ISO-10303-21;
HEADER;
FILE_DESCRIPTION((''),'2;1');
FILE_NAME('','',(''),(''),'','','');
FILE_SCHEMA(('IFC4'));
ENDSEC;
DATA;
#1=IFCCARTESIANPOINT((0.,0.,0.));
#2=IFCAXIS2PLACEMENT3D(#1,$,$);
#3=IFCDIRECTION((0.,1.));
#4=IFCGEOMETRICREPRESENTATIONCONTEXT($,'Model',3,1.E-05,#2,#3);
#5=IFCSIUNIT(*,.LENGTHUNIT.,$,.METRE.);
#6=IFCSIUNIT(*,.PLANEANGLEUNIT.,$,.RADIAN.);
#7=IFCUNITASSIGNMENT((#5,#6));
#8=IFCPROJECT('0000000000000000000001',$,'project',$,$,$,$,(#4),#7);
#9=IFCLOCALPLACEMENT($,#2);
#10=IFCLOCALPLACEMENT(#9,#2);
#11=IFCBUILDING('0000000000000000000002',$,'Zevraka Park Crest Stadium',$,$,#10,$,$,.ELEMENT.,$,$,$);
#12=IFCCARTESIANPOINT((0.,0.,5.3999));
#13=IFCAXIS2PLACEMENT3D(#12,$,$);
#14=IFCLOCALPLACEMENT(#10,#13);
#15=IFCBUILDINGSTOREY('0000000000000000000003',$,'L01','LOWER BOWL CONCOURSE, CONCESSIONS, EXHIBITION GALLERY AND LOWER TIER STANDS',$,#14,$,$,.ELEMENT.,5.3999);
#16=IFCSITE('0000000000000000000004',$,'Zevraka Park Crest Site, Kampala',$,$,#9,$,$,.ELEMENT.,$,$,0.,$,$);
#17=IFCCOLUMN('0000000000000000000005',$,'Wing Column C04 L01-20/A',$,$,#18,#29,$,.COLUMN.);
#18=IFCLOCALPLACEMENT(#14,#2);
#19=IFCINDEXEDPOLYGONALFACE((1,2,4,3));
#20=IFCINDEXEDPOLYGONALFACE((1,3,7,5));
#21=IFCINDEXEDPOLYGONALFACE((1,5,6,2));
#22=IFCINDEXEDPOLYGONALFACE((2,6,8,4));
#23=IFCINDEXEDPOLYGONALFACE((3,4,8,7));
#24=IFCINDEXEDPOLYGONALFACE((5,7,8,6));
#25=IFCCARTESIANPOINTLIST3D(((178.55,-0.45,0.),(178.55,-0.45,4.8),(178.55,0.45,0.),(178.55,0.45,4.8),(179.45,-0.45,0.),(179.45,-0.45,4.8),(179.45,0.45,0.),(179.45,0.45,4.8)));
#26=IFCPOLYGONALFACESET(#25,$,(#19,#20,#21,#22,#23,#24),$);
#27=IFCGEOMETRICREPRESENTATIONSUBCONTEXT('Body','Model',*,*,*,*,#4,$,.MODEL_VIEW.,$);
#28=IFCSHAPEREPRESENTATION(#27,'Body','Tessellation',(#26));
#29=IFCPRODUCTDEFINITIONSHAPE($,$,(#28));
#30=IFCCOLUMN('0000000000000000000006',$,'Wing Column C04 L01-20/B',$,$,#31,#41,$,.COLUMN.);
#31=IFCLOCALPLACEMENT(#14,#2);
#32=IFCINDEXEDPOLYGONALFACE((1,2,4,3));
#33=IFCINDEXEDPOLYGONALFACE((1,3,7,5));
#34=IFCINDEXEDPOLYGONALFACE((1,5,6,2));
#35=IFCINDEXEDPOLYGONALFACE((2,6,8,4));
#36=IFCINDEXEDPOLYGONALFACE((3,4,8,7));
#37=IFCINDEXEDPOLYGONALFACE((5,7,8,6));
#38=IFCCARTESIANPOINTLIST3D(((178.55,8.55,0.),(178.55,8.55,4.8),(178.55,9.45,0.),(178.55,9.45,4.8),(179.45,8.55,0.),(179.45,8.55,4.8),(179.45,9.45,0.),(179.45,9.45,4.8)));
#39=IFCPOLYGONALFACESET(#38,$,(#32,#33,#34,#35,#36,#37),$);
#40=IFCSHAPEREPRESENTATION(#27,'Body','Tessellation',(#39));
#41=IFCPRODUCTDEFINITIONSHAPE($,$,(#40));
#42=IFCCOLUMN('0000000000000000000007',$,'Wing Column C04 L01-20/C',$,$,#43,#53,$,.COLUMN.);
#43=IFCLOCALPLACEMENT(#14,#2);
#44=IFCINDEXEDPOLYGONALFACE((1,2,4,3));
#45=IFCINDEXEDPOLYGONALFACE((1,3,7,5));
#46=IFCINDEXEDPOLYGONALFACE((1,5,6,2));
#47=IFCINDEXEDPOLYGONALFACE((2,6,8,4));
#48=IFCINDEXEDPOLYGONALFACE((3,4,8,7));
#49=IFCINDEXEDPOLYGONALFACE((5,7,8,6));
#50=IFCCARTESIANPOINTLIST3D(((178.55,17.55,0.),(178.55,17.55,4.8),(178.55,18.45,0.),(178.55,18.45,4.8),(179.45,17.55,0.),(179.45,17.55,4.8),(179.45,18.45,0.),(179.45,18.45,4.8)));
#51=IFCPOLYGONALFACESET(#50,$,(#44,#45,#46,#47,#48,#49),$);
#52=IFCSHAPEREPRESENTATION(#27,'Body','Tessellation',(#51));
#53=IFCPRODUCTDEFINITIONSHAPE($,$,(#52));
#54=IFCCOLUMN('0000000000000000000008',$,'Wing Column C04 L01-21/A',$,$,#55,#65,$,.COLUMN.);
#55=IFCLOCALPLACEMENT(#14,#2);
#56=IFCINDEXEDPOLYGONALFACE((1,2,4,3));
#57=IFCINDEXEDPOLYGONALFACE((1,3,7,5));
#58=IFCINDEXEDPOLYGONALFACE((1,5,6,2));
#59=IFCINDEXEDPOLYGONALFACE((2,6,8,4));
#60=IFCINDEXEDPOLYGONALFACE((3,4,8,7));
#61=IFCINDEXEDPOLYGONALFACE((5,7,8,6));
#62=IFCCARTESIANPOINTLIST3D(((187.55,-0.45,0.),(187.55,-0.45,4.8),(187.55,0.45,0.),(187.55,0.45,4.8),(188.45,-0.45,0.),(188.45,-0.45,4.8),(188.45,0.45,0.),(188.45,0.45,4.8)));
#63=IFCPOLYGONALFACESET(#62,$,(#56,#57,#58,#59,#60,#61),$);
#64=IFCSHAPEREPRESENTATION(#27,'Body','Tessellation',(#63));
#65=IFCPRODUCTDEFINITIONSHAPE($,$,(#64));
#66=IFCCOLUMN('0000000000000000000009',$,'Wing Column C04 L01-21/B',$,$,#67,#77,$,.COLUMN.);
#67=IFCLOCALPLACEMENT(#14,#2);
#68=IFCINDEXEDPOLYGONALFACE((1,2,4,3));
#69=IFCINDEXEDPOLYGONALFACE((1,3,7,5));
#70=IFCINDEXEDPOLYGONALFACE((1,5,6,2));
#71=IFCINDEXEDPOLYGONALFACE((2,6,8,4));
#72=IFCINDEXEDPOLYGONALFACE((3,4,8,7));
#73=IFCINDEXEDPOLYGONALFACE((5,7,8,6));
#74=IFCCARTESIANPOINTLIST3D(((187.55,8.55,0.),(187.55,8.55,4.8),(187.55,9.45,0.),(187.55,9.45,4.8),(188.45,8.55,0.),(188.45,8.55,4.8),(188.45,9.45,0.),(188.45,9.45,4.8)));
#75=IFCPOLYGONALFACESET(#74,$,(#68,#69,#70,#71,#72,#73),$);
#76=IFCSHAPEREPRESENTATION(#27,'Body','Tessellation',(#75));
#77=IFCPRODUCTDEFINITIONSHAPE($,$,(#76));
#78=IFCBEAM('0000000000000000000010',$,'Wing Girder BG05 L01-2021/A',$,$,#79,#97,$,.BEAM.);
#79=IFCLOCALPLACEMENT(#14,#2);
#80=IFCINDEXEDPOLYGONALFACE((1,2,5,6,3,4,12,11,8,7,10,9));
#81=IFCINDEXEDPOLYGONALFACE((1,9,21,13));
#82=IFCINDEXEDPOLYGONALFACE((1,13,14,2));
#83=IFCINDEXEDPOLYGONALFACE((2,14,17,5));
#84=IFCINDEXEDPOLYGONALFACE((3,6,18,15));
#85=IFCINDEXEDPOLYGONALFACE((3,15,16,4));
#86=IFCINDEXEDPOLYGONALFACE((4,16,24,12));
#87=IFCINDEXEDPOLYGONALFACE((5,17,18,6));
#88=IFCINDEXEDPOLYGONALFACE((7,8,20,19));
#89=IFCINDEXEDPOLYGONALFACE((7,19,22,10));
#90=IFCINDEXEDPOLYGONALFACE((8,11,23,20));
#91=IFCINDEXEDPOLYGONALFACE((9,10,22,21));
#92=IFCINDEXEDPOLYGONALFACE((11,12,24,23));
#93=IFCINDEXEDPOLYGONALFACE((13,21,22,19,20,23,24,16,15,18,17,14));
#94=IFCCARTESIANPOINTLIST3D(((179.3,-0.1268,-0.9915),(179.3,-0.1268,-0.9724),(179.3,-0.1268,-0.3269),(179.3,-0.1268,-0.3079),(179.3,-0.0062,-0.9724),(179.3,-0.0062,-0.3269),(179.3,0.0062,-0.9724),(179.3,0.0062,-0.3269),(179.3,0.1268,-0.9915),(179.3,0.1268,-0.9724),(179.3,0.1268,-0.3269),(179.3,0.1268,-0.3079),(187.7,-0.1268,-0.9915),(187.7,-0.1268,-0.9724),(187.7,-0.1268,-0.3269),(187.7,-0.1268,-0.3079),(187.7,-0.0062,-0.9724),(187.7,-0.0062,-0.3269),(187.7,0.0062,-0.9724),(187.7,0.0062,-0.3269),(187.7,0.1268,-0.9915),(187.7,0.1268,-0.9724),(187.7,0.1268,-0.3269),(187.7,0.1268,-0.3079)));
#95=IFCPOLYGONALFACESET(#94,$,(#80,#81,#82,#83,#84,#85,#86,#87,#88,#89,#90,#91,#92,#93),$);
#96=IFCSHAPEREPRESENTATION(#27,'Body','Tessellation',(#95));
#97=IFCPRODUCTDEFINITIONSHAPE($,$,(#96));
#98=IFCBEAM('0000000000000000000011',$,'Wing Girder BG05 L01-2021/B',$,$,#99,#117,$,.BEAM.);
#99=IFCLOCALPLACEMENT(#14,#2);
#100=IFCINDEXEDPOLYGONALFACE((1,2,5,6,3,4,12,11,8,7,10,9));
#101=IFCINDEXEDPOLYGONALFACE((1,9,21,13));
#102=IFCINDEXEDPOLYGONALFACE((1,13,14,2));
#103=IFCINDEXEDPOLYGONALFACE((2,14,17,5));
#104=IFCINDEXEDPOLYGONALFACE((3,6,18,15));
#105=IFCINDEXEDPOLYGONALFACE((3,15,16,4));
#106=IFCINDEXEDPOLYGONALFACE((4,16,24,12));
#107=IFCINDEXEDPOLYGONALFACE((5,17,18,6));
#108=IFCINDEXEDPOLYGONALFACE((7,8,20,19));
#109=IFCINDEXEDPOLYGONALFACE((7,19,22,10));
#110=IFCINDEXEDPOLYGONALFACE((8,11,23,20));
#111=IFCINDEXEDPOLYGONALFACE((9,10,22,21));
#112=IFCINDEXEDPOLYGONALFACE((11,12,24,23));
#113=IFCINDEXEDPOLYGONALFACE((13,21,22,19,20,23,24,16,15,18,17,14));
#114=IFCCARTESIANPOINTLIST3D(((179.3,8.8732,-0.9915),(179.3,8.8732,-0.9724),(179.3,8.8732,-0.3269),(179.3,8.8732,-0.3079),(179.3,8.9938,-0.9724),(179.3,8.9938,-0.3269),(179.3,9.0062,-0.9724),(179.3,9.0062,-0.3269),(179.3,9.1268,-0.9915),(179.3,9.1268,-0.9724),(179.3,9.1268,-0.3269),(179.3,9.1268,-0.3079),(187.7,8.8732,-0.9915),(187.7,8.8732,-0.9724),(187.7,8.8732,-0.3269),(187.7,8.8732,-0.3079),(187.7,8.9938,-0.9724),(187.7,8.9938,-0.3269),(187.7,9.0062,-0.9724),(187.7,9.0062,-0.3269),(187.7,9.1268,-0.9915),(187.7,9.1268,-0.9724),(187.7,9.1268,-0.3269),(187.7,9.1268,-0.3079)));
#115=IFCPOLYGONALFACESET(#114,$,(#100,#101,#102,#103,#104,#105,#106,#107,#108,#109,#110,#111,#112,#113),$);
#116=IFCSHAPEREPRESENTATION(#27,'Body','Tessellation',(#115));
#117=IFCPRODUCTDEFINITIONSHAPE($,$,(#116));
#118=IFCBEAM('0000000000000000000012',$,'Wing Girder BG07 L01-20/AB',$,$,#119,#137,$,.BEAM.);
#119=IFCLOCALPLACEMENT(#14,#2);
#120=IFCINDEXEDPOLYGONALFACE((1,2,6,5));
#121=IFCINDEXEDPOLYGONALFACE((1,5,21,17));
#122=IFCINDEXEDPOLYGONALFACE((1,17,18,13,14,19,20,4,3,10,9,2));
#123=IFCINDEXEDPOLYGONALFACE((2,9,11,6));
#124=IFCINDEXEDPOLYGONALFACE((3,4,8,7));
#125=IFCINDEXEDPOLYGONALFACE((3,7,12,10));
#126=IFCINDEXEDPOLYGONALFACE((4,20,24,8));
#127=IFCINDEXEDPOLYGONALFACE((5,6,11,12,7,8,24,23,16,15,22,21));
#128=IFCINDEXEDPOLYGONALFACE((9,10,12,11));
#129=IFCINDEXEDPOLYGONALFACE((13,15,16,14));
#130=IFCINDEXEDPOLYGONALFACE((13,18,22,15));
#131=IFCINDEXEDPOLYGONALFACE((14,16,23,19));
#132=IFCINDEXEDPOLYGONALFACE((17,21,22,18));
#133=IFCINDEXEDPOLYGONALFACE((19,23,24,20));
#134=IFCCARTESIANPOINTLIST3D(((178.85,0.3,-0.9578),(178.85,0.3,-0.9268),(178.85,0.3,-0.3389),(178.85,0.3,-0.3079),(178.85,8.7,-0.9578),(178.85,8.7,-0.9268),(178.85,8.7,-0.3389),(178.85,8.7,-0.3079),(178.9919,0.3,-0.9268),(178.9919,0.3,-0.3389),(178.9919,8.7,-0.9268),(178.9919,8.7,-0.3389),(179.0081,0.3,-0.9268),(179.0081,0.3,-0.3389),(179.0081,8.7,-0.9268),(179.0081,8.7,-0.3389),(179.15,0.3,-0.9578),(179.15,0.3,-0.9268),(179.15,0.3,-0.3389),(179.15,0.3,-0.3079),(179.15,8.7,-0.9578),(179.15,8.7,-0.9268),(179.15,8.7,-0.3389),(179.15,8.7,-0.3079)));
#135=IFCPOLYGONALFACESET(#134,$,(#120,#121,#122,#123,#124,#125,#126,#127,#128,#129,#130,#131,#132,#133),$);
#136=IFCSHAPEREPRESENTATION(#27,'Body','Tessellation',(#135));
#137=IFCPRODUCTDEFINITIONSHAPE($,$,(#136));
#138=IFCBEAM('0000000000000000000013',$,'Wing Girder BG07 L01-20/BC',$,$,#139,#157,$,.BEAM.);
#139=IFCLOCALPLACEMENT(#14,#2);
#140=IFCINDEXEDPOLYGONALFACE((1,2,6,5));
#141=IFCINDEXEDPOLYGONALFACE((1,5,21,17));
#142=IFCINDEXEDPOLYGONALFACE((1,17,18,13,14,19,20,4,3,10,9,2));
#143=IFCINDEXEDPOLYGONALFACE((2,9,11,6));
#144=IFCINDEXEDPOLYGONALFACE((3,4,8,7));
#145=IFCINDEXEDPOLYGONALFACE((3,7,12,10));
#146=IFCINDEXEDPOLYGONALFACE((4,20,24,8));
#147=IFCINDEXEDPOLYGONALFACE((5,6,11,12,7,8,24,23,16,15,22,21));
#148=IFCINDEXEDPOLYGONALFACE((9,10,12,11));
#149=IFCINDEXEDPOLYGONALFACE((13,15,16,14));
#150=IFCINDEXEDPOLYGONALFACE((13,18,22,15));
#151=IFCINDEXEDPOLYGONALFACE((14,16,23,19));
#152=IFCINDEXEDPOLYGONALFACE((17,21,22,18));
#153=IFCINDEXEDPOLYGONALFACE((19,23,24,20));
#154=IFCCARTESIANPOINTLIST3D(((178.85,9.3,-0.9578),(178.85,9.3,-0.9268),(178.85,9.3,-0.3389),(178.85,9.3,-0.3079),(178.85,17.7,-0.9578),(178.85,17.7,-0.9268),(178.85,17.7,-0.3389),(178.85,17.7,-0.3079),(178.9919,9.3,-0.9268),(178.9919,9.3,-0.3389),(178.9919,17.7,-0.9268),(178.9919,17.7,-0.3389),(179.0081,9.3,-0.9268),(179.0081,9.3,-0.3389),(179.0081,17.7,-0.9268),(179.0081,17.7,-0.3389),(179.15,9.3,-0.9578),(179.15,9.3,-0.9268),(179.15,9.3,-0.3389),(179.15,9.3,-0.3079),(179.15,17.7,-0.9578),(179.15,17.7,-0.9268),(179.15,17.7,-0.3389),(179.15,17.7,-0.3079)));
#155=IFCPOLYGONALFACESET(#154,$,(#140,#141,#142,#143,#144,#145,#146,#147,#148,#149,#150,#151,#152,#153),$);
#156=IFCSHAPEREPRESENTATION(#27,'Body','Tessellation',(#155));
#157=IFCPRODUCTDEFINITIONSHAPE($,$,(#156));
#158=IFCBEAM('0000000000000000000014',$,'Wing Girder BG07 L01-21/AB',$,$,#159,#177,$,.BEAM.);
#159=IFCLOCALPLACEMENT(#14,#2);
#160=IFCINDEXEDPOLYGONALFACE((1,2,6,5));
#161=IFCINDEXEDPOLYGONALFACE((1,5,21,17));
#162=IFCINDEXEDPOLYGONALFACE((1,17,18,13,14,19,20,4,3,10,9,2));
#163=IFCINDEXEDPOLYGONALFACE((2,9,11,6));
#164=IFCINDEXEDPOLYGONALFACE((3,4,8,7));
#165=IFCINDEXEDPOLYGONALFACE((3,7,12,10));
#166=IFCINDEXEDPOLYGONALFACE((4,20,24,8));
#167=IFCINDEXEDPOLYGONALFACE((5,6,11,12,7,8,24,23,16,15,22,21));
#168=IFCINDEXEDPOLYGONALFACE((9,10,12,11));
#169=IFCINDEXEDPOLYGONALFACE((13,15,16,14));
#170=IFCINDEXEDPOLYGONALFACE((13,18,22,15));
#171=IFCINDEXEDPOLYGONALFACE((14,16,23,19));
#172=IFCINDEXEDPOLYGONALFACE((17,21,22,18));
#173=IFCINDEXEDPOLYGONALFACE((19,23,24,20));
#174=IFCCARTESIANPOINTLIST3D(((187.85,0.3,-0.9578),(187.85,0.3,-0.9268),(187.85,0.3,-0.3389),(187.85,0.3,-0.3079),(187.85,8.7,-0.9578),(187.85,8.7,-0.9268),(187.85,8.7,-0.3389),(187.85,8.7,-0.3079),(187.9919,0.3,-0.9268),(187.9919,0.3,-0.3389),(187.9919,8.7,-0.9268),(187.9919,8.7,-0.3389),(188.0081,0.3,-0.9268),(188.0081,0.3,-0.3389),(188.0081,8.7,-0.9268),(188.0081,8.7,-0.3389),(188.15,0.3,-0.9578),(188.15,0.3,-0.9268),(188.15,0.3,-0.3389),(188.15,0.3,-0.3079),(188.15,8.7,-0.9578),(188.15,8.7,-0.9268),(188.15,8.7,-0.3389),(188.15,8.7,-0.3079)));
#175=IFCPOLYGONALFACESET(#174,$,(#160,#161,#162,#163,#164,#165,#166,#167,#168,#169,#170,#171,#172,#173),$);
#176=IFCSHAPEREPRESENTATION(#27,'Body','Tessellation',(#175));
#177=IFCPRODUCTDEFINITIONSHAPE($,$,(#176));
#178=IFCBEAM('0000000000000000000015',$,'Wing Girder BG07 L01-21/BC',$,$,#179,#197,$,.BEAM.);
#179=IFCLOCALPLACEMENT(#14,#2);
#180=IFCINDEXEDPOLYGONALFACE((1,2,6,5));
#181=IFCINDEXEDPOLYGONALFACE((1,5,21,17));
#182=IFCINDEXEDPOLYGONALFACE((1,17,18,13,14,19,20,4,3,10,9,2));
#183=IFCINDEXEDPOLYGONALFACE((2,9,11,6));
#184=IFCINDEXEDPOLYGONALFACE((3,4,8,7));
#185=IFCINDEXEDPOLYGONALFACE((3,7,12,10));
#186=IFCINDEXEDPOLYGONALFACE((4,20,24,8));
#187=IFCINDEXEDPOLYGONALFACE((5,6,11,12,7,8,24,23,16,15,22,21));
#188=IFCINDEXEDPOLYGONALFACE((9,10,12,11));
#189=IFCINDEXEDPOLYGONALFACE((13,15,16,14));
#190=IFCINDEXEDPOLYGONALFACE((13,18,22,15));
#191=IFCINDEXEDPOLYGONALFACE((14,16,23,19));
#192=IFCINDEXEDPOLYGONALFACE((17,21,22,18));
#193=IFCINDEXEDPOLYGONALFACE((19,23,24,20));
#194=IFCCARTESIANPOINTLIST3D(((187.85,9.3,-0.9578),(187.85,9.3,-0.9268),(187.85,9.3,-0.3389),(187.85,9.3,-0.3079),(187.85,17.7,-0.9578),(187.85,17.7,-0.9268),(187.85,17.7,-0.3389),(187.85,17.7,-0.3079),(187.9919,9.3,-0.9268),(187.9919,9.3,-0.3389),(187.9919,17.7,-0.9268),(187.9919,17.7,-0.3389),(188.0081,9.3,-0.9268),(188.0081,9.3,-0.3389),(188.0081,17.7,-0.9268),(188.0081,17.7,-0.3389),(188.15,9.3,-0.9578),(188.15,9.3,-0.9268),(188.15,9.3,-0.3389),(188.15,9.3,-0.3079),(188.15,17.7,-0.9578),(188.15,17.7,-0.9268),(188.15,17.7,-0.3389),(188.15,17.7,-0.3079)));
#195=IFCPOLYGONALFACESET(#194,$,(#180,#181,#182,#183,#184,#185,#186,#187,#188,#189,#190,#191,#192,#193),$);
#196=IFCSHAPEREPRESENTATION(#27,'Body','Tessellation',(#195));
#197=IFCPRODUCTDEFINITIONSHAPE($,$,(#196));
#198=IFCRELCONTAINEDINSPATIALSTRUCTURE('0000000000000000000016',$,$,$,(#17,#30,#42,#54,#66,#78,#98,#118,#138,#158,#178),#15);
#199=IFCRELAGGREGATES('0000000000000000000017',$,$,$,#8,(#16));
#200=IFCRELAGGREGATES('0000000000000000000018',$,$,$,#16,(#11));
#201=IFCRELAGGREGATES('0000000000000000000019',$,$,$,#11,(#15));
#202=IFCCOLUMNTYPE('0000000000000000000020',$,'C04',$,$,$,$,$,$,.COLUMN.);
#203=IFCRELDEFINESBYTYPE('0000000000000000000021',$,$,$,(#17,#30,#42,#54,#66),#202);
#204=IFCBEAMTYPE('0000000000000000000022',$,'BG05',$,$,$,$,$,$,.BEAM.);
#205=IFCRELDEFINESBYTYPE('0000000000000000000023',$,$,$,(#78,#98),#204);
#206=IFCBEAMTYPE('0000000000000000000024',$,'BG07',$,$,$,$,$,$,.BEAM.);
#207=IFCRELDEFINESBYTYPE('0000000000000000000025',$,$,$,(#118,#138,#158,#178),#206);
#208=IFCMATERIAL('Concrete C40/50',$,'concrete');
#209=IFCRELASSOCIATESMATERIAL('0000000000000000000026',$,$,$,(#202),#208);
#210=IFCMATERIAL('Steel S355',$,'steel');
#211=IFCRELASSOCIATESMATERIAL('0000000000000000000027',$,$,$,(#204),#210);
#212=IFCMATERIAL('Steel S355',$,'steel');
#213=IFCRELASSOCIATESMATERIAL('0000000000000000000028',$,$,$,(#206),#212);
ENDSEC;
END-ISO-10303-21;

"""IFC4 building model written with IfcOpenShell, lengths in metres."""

from ifc_helpers import new_model, si_unit, direction, frame, origin, origin_2d, place, context, subcontext, project, spatial, rectangle, i_section, extrude, material, material_profile, profile_set, type_object, element, save


model = new_model("IFC4")

# Units and contexts
model_context = context("Model", 3, precision=1e-05, world=origin(), true_north=direction((0.0, 1.0)))
body_context = subcontext(model_context, "Body", "Model", "MODEL_VIEW")
ifc_project = project(units=[si_unit("LENGTHUNIT", "METRE"), si_unit("PLANEANGLEUNIT", "RADIAN")], contexts=[model_context])

# Site, building, storey
site_placement = place(None, origin())
site = spatial("IfcSite", under=ifc_project, at=site_placement, Name="Zevraka Park Crest Site, Kampala", CompositionType="ELEMENT", RefElevation=0.0)
building_placement = place(site_placement, origin())
building = spatial("IfcBuilding", under=site, at=building_placement, Name="Zevraka Park Crest Stadium", CompositionType="ELEMENT")
storey_placement = place(building_placement, frame((0.0, 0.0, 5.3999)))
storey = spatial("IfcBuildingStorey", under=building, at=storey_placement, Name="L01", Description="LOWER BOWL CONCOURSE, CONCESSIONS, EXHIBITION GALLERY AND LOWER TIER STANDS", CompositionType="ELEMENT", Elevation=5.3999)

# Columns
ifc_material_1 = material(Name="Concrete C40/50", Category="concrete")
ifc_material_profile_1 = material_profile(ifc_material_1, rectangle(XDim=0.8999, YDim=0.8999, at=origin_2d()), Name="RC 900x900")
ifc_profile_set_1 = profile_set([ifc_material_profile_1], Name="Concrete C40/50")
column_type = type_object("IfcColumnType", Name="C04", PredefinedType="COLUMN", material=ifc_profile_set_1)
for number, where, z_axis, x_axis, name in (
    (1, (179.0, 0.0, 0.0), (0.0, 0.0, 1.0), (1.0, 0.0, 0.0), "Wing Column C04 L01-20/A"),
    (2, (179.0, 9.0, 0.0), (0.0, 0.0, 1.0), (1.0, 0.0, 0.0), "Wing Column C04 L01-20/B"),
    (3, (179.0, 18.0, 0.0), (0.0, 0.0, 1.0), (1.0, 0.0, 0.0), "Wing Column C04 L01-20/C"),
    (4, (188.0, 0.0, 0.0), (0.0, 0.0, 1.0), (1.0, 0.0, 0.0), "Wing Column C04 L01-21/A"),
    (5, (188.0, 9.0, 0.0), (0.0, 0.0, 1.0), (1.0, 0.0, 0.0), "Wing Column C04 L01-21/B"),
):
    element("IfcColumn", number, at=place(storey_placement, frame(where, z_axis=z_axis, x_axis=x_axis)), inside=storey, type_object=column_type, Name=name, PredefinedType="COLUMN", context=body_context, shape_type="SweptSolid", body=[
        extrude(rectangle(XDim=0.8999, YDim=0.8999, at=origin_2d()), origin(), (0.0, 0.0, 1.0), 4.8),
    ])

# Beams
ifc_material_2 = material(Name="Steel S355", Category="steel")
ifc_material_profile_2 = material_profile(ifc_material_2, i_section(OverallWidth=0.2537, OverallDepth=0.6836, WebThickness=0.0125, FlangeThickness=0.019, at=origin_2d()), Name="UKB 686x254x140")
ifc_profile_set_2 = profile_set([ifc_material_profile_2], Name="Steel S355")
beam_type_1 = type_object("IfcBeamType", Name="BG05", PredefinedType="BEAM", material=ifc_profile_set_2)
for number, where, z_axis, x_axis, name in (
    (6, (179.3, 0.0, -0.6497), (1.0, 0.0, 0.0), (0.0, 1.0, 0.0), "Wing Girder BG05 L01-2021/A"),
    (7, (179.3, 9.0, -0.6497), (1.0, 0.0, 0.0), (0.0, 1.0, 0.0), "Wing Girder BG05 L01-2021/B"),
):
    element("IfcBeam", number, at=place(storey_placement, frame(where, z_axis=z_axis, x_axis=x_axis)), inside=storey, type_object=beam_type_1, Name=name, PredefinedType="BEAM", context=body_context, shape_type="SweptSolid", body=[
        extrude(i_section(OverallWidth=0.2537, OverallDepth=0.6836, WebThickness=0.0125, FlangeThickness=0.019, at=origin_2d()), origin(), (0.0, 0.0, 1.0), 8.3999),
    ])
ifc_material_3 = material(Name="Steel S355", Category="steel")
ifc_material_profile_3 = material_profile(ifc_material_3, i_section(OverallWidth=0.3, OverallDepth=0.6499, WebThickness=0.0161, FlangeThickness=0.031, at=origin_2d()), Name="HEB 650")
ifc_profile_set_3 = profile_set([ifc_material_profile_3], Name="Steel S355")
beam_type_2 = type_object("IfcBeamType", Name="BG07", PredefinedType="BEAM", material=ifc_profile_set_3)
for number, where, z_axis, x_axis, name in (
    (8, (179.0, 0.3, -0.6328), (0.0, 1.0, 0.0), (-1.0, 0.0, 0.0), "Wing Girder BG07 L01-20/AB"),
    (9, (179.0, 9.3, -0.6328), (0.0, 1.0, 0.0), (-1.0, 0.0, 0.0), "Wing Girder BG07 L01-20/BC"),
    (10, (188.0, 0.3, -0.6328), (0.0, 1.0, 0.0), (-1.0, 0.0, 0.0), "Wing Girder BG07 L01-21/AB"),
    (11, (188.0, 9.3, -0.6328), (0.0, 1.0, 0.0), (-1.0, 0.0, 0.0), "Wing Girder BG07 L01-21/BC"),
):
    element("IfcBeam", number, at=place(storey_placement, frame(where, z_axis=z_axis, x_axis=x_axis)), inside=storey, type_object=beam_type_2, Name=name, PredefinedType="BEAM", context=body_context, shape_type="SweptSolid", body=[
        extrude(i_section(OverallWidth=0.3, OverallDepth=0.6499, WebThickness=0.0161, FlangeThickness=0.031, at=origin_2d()), origin(), (0.0, 0.0, 1.0), 8.3999),
    ])

save(model, "model.ifc")
